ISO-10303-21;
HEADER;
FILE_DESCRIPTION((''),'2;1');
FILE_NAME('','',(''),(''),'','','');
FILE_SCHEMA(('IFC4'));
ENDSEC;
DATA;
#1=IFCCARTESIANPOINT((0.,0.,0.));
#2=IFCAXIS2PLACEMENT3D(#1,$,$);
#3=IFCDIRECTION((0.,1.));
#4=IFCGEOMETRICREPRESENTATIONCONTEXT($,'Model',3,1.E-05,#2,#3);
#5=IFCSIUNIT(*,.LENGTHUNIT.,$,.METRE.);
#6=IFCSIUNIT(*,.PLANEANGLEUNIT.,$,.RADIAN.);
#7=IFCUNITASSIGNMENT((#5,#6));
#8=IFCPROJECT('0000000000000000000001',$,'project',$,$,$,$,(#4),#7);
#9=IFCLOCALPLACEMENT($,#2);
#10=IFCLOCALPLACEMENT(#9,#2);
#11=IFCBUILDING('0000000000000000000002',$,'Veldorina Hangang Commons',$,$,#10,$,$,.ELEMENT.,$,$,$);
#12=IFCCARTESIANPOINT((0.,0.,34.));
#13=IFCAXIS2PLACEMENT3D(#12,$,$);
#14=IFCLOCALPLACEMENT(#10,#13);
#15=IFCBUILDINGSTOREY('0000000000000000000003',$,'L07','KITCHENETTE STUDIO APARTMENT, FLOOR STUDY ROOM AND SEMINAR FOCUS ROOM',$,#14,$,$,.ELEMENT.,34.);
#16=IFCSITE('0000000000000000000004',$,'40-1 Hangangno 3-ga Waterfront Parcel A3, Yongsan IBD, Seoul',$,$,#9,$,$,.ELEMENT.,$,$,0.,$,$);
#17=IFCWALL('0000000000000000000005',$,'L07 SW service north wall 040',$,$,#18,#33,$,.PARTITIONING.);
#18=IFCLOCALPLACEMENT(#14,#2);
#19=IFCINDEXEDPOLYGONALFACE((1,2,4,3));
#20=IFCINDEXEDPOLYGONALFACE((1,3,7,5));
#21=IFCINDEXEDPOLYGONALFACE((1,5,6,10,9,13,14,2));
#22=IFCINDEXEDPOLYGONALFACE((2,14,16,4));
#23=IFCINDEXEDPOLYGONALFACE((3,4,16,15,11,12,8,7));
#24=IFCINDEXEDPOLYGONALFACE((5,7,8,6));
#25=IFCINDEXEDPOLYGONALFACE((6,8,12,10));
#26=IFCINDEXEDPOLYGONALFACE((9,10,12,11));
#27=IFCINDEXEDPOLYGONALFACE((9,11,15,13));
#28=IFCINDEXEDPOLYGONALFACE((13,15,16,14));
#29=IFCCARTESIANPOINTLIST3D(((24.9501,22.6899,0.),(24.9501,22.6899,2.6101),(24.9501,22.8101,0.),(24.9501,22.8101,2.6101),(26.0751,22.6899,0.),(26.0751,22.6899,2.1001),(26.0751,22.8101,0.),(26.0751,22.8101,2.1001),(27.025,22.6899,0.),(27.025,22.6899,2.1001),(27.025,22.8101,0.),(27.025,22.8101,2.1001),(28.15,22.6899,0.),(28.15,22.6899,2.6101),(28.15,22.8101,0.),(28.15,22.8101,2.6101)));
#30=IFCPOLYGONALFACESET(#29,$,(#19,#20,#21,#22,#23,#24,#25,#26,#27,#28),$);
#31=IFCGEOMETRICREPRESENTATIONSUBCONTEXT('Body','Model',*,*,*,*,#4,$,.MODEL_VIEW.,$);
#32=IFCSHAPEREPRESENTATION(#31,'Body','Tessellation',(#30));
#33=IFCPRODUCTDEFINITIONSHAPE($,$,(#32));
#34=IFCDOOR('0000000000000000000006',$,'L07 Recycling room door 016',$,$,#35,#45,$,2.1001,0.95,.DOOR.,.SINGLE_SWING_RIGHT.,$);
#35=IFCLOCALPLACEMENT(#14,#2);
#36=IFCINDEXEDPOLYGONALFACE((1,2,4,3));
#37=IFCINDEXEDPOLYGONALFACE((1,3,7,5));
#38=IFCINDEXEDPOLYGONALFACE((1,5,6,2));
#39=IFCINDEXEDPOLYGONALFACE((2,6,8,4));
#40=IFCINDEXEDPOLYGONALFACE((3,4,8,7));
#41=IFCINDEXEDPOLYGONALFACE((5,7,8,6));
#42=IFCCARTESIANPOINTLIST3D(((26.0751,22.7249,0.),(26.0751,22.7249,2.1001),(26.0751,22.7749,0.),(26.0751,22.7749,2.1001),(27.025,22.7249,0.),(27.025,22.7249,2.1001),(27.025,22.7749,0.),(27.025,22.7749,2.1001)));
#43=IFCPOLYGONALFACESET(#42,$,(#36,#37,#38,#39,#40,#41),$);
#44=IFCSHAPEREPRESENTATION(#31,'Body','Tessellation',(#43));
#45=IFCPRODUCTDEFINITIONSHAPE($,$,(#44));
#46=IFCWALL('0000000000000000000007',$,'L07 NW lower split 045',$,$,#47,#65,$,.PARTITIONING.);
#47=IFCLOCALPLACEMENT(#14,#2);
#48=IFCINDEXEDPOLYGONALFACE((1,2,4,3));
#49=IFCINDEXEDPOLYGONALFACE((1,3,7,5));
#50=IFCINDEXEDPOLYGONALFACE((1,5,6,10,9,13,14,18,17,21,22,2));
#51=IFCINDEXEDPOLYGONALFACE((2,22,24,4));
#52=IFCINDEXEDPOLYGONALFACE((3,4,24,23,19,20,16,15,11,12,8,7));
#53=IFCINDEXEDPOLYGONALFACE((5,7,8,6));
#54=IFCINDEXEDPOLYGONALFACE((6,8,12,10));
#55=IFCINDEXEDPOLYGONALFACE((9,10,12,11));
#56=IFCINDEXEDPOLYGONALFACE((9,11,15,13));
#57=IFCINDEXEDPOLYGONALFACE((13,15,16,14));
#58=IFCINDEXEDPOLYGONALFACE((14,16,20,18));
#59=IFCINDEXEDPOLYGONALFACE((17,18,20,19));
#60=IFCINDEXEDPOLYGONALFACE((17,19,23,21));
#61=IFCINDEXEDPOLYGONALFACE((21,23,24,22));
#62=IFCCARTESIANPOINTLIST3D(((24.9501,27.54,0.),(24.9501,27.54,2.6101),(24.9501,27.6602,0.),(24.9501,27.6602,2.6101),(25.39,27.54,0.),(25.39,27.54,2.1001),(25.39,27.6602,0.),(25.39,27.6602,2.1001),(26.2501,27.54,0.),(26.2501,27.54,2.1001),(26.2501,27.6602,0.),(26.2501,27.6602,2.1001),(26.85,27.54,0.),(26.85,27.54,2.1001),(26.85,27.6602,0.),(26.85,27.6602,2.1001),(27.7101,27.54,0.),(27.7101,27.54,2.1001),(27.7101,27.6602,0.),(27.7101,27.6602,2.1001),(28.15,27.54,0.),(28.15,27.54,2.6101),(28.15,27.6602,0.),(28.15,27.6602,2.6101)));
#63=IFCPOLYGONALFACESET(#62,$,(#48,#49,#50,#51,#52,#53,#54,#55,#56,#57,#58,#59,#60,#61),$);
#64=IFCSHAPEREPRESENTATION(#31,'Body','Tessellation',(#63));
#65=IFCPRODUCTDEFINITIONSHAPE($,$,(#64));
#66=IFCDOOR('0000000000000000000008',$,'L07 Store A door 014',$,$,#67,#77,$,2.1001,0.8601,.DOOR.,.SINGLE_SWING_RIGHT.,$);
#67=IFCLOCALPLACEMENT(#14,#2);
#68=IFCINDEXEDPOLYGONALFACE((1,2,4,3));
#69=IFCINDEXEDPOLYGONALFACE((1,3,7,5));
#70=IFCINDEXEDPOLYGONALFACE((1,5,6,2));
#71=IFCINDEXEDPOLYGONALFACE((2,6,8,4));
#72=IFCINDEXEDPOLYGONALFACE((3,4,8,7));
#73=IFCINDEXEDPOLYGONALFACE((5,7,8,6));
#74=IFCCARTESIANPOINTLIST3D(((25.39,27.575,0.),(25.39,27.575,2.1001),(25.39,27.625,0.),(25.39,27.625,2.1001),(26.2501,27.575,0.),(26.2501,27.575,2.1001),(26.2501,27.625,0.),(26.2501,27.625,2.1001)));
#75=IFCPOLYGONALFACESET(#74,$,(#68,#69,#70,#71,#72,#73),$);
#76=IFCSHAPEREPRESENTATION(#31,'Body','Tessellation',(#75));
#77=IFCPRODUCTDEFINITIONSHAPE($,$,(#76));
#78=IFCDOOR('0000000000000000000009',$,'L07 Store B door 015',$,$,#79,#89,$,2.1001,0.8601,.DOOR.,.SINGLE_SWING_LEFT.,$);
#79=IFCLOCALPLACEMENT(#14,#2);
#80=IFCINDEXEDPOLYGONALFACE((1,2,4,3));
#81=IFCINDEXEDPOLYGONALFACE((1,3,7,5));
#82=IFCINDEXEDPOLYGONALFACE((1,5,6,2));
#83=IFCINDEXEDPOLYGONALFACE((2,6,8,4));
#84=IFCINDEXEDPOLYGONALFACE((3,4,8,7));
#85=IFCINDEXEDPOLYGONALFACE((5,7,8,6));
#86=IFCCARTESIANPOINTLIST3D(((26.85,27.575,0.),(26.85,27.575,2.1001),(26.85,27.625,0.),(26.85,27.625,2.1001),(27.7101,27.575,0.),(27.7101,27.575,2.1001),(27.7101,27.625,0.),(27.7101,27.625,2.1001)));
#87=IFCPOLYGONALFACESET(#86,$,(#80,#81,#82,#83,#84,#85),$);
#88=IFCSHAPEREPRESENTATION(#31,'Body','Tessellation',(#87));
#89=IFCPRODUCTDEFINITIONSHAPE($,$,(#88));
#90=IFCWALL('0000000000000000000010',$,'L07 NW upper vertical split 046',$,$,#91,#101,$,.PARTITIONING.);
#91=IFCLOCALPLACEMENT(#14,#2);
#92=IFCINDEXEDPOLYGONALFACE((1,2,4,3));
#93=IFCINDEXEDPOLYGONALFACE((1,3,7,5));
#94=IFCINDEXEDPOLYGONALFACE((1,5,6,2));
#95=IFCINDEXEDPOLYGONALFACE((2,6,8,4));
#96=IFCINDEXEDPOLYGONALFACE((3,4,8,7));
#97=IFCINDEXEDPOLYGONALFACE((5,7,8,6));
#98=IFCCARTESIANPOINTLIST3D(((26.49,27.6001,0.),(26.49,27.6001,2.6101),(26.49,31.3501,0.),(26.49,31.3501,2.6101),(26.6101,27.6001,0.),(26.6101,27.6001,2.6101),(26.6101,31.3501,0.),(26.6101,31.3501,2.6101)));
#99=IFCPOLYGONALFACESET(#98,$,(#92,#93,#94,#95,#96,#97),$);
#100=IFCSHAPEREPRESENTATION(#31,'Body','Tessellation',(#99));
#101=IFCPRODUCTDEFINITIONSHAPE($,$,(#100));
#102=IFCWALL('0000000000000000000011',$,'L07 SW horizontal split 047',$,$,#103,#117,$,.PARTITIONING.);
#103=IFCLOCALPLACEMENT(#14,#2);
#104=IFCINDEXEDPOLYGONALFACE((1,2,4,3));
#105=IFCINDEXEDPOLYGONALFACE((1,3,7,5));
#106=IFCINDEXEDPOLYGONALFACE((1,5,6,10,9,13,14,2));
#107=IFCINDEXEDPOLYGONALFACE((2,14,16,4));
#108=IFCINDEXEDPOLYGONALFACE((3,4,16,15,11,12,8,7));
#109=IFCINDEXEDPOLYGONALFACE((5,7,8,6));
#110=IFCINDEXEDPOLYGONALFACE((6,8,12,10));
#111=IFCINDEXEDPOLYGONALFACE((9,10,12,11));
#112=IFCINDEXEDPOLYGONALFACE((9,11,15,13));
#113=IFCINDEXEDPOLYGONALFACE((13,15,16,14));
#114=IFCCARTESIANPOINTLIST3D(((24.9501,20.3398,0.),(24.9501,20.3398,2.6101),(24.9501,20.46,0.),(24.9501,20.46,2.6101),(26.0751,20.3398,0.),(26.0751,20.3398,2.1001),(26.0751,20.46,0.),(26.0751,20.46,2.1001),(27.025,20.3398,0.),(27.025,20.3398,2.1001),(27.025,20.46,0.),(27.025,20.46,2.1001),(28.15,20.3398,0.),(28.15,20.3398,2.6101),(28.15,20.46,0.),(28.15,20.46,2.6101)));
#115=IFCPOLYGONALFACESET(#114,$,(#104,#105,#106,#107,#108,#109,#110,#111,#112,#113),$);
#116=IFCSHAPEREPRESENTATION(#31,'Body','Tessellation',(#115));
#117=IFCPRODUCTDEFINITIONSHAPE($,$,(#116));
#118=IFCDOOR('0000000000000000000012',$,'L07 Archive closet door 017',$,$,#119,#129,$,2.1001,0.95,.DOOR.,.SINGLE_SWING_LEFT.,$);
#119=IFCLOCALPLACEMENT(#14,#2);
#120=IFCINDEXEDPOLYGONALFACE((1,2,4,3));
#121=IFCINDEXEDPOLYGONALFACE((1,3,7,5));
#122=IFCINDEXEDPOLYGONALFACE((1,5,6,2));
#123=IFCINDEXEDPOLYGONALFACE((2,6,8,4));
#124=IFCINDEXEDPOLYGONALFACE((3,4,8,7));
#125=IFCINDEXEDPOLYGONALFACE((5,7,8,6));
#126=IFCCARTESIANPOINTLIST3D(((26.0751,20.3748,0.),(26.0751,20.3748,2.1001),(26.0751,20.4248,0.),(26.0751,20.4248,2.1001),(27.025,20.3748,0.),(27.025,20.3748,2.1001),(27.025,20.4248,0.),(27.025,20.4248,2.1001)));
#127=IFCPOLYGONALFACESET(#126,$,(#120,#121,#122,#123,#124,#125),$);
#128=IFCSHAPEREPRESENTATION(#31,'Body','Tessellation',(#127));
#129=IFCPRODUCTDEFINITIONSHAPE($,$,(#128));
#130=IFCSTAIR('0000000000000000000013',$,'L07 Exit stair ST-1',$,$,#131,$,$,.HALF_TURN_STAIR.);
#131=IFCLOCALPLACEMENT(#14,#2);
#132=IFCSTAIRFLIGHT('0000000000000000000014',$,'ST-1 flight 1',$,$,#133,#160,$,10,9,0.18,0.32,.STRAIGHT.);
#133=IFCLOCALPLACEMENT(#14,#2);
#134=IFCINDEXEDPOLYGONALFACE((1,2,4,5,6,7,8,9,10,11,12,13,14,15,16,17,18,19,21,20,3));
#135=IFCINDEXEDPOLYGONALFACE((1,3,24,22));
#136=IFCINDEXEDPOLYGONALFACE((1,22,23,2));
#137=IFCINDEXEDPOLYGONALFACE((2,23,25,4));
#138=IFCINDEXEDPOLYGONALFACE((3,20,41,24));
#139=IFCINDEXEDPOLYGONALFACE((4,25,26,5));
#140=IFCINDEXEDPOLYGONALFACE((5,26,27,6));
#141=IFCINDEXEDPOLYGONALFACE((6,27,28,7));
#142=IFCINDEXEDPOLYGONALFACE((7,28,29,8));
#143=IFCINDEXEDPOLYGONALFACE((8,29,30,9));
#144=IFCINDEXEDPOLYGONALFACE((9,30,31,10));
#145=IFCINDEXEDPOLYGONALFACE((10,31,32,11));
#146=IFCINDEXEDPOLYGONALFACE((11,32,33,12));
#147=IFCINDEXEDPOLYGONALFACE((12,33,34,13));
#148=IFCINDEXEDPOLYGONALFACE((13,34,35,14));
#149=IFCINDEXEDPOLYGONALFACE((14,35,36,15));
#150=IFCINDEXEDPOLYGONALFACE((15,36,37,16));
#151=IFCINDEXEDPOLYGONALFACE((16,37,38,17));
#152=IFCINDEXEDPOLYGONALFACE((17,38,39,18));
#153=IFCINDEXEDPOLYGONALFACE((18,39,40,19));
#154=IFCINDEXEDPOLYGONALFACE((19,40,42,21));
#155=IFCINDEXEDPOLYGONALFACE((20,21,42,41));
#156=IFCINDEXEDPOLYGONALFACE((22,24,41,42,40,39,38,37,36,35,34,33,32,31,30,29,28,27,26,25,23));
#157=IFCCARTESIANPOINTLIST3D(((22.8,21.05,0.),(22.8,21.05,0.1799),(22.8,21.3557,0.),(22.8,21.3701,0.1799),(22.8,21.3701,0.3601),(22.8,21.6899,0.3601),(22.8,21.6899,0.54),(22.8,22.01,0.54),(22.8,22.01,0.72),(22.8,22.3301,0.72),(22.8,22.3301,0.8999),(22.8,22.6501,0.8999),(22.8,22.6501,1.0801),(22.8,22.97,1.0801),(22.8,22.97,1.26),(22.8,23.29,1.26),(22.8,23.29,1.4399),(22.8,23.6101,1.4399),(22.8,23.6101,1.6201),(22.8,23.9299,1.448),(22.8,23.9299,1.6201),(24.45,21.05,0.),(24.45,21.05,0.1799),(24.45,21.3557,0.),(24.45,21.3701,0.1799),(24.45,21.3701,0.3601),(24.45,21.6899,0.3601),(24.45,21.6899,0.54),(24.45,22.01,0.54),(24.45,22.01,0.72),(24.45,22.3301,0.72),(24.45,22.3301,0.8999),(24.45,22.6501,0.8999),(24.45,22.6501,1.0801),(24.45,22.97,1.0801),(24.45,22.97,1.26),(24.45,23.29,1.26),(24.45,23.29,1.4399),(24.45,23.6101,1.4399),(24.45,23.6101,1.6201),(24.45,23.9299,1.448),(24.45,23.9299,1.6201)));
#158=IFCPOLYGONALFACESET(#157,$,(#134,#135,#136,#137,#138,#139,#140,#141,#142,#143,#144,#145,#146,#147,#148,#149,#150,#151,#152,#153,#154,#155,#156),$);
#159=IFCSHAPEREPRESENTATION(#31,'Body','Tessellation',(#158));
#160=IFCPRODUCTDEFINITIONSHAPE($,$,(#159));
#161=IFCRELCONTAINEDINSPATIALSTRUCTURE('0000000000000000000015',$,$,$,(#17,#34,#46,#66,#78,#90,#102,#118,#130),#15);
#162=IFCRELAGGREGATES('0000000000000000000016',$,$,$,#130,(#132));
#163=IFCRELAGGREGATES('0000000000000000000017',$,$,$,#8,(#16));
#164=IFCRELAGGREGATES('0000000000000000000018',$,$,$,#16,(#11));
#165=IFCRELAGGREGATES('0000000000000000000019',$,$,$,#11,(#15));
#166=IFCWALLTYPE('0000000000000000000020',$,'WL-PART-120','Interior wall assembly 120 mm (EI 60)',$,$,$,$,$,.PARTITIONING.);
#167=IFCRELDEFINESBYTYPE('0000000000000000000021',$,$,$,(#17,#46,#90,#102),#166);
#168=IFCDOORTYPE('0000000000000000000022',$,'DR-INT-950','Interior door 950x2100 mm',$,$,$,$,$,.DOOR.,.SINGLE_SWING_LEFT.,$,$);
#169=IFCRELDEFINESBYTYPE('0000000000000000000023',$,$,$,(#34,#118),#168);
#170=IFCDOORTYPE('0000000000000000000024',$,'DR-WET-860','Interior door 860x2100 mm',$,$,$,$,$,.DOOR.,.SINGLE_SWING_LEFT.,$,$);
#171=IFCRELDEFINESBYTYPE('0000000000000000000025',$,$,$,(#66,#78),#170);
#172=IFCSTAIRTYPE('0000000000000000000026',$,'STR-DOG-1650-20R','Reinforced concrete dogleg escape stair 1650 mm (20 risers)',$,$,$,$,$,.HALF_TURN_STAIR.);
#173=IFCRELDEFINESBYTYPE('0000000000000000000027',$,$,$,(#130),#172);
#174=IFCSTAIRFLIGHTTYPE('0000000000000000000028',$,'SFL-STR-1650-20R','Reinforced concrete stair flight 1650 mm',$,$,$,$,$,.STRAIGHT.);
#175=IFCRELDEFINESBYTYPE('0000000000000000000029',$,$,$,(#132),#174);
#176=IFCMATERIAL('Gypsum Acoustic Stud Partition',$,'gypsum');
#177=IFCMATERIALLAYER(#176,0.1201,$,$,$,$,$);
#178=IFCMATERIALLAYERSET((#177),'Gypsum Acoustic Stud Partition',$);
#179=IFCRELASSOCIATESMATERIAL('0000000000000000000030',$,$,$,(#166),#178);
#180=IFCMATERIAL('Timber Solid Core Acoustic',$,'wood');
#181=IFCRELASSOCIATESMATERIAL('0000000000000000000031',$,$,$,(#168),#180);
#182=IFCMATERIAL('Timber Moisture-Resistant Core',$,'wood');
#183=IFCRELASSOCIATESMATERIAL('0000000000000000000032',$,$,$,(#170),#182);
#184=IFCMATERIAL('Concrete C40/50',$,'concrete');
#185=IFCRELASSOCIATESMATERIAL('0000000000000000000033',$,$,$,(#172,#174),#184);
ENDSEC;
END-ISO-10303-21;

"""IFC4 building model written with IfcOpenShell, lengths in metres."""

from ifc_helpers import new_model, si_unit, direction, frame, frame_2d, origin, place, context, subcontext, project, spatial, polyline, rectangle, outline, extrude, material, layer, layer_set, type_object, element, fill, aggregate, save


model = new_model("IFC4")

# Units and contexts
model_context = context("Model", 3, precision=1e-05, world=origin(), true_north=direction((0.0, 1.0)))
body_context = subcontext(model_context, "Body", "Model", "MODEL_VIEW")
ifc_project = project(units=[si_unit("LENGTHUNIT", "METRE"), si_unit("PLANEANGLEUNIT", "RADIAN")], contexts=[model_context])

# Site, building, storey
site_placement = place(None, origin())
site = spatial("IfcSite", under=ifc_project, at=site_placement, Name="40-1 Hangangno 3-ga Waterfront Parcel A3, Yongsan IBD, Seoul", CompositionType="ELEMENT", RefElevation=0.0)
building_placement = place(site_placement, origin())
building = spatial("IfcBuilding", under=site, at=building_placement, Name="Veldorina Hangang Commons", CompositionType="ELEMENT")
storey_placement = place(building_placement, frame((0.0, 0.0, 34.0)))
storey = spatial("IfcBuildingStorey", under=building, at=storey_placement, Name="L07", Description="KITCHENETTE STUDIO APARTMENT, FLOOR STUDY ROOM AND SEMINAR FOCUS ROOM", CompositionType="ELEMENT", Elevation=34.0)

# Wall, opening, door
ifc_material_1 = material(Name="Gypsum Acoustic Stud Partition", Category="gypsum")
ifc_layer_1 = layer(ifc_material_1, 0.1201)
ifc_layer_set_1 = layer_set([ifc_layer_1], Name="Gypsum Acoustic Stud Partition")
wall_type_1 = type_object("IfcWallType", Name="WL-PART-120", Description="Interior wall assembly 120 mm (EI 60)", PredefinedType="PARTITIONING", material=ifc_layer_set_1)
ifc_material_2 = material(Name="Timber Solid Core Acoustic", Category="wood")
door_type_1 = type_object("IfcDoorType", Name="DR-INT-950", Description="Interior door 950x2100 mm", OperationType="SINGLE_SWING_LEFT", PredefinedType="DOOR", material=ifc_material_2)
wall_1_placement = place(storey_placement, frame((24.95, 22.75, 0.0), z_axis=(0.0, 0.0, 1.0), x_axis=(1.0, 0.0, 0.0)))
wall_1 = element("IfcWall", 1, at=wall_1_placement, inside=storey, type_object=wall_type_1, Name="L07 SW service north wall 040", PredefinedType="PARTITIONING", context=body_context, shape_type="SweptSolid", body=[
    extrude(rectangle(XDim=3.2, YDim=0.1201, at=frame_2d((1.6001, 0.0))), origin(), (0.0, 0.0, 1.0), 2.6101),
])
opening_1_placement = place(wall_1_placement, frame((1.125, 0.0, 0.0)))
opening_1 = element("IfcOpeningElement", 2, at=opening_1_placement, cuts=wall_1, PredefinedType="OPENING", context=body_context, shape_type="SweptSolid", body=[
    extrude(rectangle(XDim=0.95, YDim=2.1001, at=frame_2d((0.4751, 1.05))), frame((0.0, 0.0701, 0.0), z_axis=(0.0, -1.0, 0.0), x_axis=(1.0, 0.0, 0.0)), (0.0, 0.0, 1.0), 0.1401),
])
door_1_placement = place(opening_1_placement, origin())
door_1 = element("IfcDoor", 3, at=door_1_placement, inside=storey, type_object=door_type_1, Name="L07 Recycling room door 016", OperationType="SINGLE_SWING_RIGHT", OverallHeight=2.1001, OverallWidth=0.95, PredefinedType="DOOR", context=body_context, shape_type="SweptSolid", body=[
    extrude(rectangle(XDim=0.95, YDim=2.1001, at=frame_2d((0.4751, 1.05))), frame((0.0, 0.0249, 0.0), z_axis=(0.0, -1.0, 0.0), x_axis=(1.0, 0.0, 0.0)), (0.0, 0.0, 1.0), 0.05),
])
fill(opening_1, door_1)

# Wall, openings, doors
wall_2_placement = place(storey_placement, frame((24.95, 27.6001, 0.0), z_axis=(0.0, 0.0, 1.0), x_axis=(1.0, 0.0, 0.0)))
wall_2 = element("IfcWall", 4, at=wall_2_placement, inside=storey, type_object=wall_type_1, Name="L07 NW lower split 045", PredefinedType="PARTITIONING", context=body_context, shape_type="SweptSolid", body=[
    extrude(rectangle(XDim=3.2, YDim=0.1201, at=frame_2d((1.6001, 0.0))), origin(), (0.0, 0.0, 1.0), 2.6101),
])
opening_2_placement = place(wall_2_placement, frame((0.4399, 0.0, 0.0)))
opening_2 = element("IfcOpeningElement", 5, at=opening_2_placement, cuts=wall_2, PredefinedType="OPENING", context=body_context, shape_type="SweptSolid", body=[
    extrude(rectangle(XDim=0.8601, YDim=2.1001, at=frame_2d((0.4302, 1.05))), frame((0.0, 0.0701, 0.0), z_axis=(0.0, -1.0, 0.0), x_axis=(1.0, 0.0, 0.0)), (0.0, 0.0, 1.0), 0.1401),
])
opening_3_placement = place(wall_2_placement, frame((1.8999, 0.0, 0.0)))
opening_3 = element("IfcOpeningElement", 6, at=opening_3_placement, cuts=wall_2, PredefinedType="OPENING", context=body_context, shape_type="SweptSolid", body=[
    extrude(rectangle(XDim=0.8601, YDim=2.1001, at=frame_2d((0.4302, 1.05))), frame((0.0, 0.0701, 0.0), z_axis=(0.0, -1.0, 0.0), x_axis=(1.0, 0.0, 0.0)), (0.0, 0.0, 1.0), 0.1401),
])
ifc_material_3 = material(Name="Timber Moisture-Resistant Core", Category="wood")
door_type_2 = type_object("IfcDoorType", Name="DR-WET-860", Description="Interior door 860x2100 mm", OperationType="SINGLE_SWING_LEFT", PredefinedType="DOOR", material=ifc_material_3)
door_2_placement = place(opening_2_placement, origin())
door_2 = element("IfcDoor", 7, at=door_2_placement, inside=storey, type_object=door_type_2, Name="L07 Store A door 014", OperationType="SINGLE_SWING_RIGHT", OverallHeight=2.1001, OverallWidth=0.8601, PredefinedType="DOOR", context=body_context, shape_type="SweptSolid", body=[
    extrude(rectangle(XDim=0.8601, YDim=2.1001, at=frame_2d((0.4302, 1.05))), frame((0.0, 0.0249, 0.0), z_axis=(0.0, -1.0, 0.0), x_axis=(1.0, 0.0, 0.0)), (0.0, 0.0, 1.0), 0.05),
])
fill(opening_2, door_2)
door_3_placement = place(opening_3_placement, origin())
door_3 = element("IfcDoor", 8, at=door_3_placement, inside=storey, type_object=door_type_2, Name="L07 Store B door 015", OperationType="SINGLE_SWING_LEFT", OverallHeight=2.1001, OverallWidth=0.8601, PredefinedType="DOOR", context=body_context, shape_type="SweptSolid", body=[
    extrude(rectangle(XDim=0.8601, YDim=2.1001, at=frame_2d((0.4302, 1.05))), frame((0.0, 0.0249, 0.0), z_axis=(0.0, -1.0, 0.0), x_axis=(1.0, 0.0, 0.0)), (0.0, 0.0, 1.0), 0.05),
])
fill(opening_3, door_3)

# Wall
wall_3_placement = place(storey_placement, frame((26.55, 27.6001, 0.0), z_axis=(0.0, 0.0, 1.0), x_axis=(0.0, 1.0, 0.0)))
element("IfcWall", 9, at=wall_3_placement, inside=storey, type_object=wall_type_1, Name="L07 NW upper vertical split 046", PredefinedType="PARTITIONING", context=body_context, shape_type="SweptSolid", body=[
    extrude(rectangle(XDim=3.75, YDim=0.1201, at=frame_2d((1.875, 0.0))), origin(), (0.0, 0.0, 1.0), 2.6101),
])

# Wall, opening, door
wall_4_placement = place(storey_placement, frame((24.95, 20.3999, 0.0), z_axis=(0.0, 0.0, 1.0), x_axis=(1.0, 0.0, 0.0)))
wall_4 = element("IfcWall", 10, at=wall_4_placement, inside=storey, type_object=wall_type_1, Name="L07 SW horizontal split 047", PredefinedType="PARTITIONING", context=body_context, shape_type="SweptSolid", body=[
    extrude(rectangle(XDim=3.2, YDim=0.1201, at=frame_2d((1.6001, 0.0))), origin(), (0.0, 0.0, 1.0), 2.6101),
])
opening_4_placement = place(wall_4_placement, frame((1.125, 0.0, 0.0)))
opening_4 = element("IfcOpeningElement", 11, at=opening_4_placement, cuts=wall_4, PredefinedType="OPENING", context=body_context, shape_type="SweptSolid", body=[
    extrude(rectangle(XDim=0.95, YDim=2.1001, at=frame_2d((0.4751, 1.05))), frame((0.0, 0.0701, 0.0), z_axis=(0.0, -1.0, 0.0), x_axis=(1.0, 0.0, 0.0)), (0.0, 0.0, 1.0), 0.1401),
])
door_4_placement = place(opening_4_placement, origin())
door_4 = element("IfcDoor", 12, at=door_4_placement, inside=storey, type_object=door_type_1, Name="L07 Archive closet door 017", OperationType="SINGLE_SWING_LEFT", OverallHeight=2.1001, OverallWidth=0.95, PredefinedType="DOOR", context=body_context, shape_type="SweptSolid", body=[
    extrude(rectangle(XDim=0.95, YDim=2.1001, at=frame_2d((0.4751, 1.05))), frame((0.0, 0.0249, 0.0), z_axis=(0.0, -1.0, 0.0), x_axis=(1.0, 0.0, 0.0)), (0.0, 0.0, 1.0), 0.05),
])
fill(opening_4, door_4)

# Stair, stair flight
ifc_material_4 = material(Name="Concrete C40/50", Category="concrete")
stair_type = type_object("IfcStairType", Name="STR-DOG-1650-20R", Description="Reinforced concrete dogleg escape stair 1650 mm (20 risers)", PredefinedType="HALF_TURN_STAIR", material=ifc_material_4)
stair_placement = place(storey_placement, origin())
stair = element("IfcStair", 13, at=stair_placement, inside=storey, type_object=stair_type, Name="L07 Exit stair ST-1", PredefinedType="HALF_TURN_STAIR")
stair_flight_type = type_object("IfcStairFlightType", Name="SFL-STR-1650-20R", Description="Reinforced concrete stair flight 1650 mm", PredefinedType="STRAIGHT", material=ifc_material_4)
stair_flight_1_placement = place(storey_placement, frame((23.625, 21.05, 0.0), z_axis=(0.0, 0.0, 1.0), x_axis=(0.0, 1.0, 0.0)))
stair_flight_1 = element("IfcStairFlight", 14, at=stair_flight_1_placement, type_object=stair_flight_type, Name="ST-1 flight 1", NumberOfRisers=10, NumberOfTreads=9, PredefinedType="STRAIGHT", RiserHeight=0.18, TreadLength=0.32, context=body_context, shape_type="SweptSolid", body=[
    extrude(outline(polyline([(0.0, 0.0), (0.0, 0.1799), (0.3201, 0.1799), (0.3201, 0.3601), (0.6399, 0.3601), (0.6399, 0.54), (0.96, 0.54), (0.96, 0.72), (1.28, 0.72), (1.28, 0.8999), (1.6001, 0.8999), (1.6001, 1.0801), (1.9199, 1.0801), (1.9199, 1.26), (2.24, 1.26), (2.24, 1.4399), (2.5601, 1.4399), (2.5601, 1.6201), (2.8799, 1.6201), (2.8799, 1.8), (2.8799, 1.448), (0.3057, 0.0), (0.0, 0.0)])), frame((0.0, 0.825, 0.0), z_axis=(0.0, -1.0, 0.0), x_axis=(1.0, 0.0, 0.0)), (0.0, 0.0, 1.0), 1.6499),
])
aggregate(stair, [stair_flight_1])

save(model, "model.ifc")
